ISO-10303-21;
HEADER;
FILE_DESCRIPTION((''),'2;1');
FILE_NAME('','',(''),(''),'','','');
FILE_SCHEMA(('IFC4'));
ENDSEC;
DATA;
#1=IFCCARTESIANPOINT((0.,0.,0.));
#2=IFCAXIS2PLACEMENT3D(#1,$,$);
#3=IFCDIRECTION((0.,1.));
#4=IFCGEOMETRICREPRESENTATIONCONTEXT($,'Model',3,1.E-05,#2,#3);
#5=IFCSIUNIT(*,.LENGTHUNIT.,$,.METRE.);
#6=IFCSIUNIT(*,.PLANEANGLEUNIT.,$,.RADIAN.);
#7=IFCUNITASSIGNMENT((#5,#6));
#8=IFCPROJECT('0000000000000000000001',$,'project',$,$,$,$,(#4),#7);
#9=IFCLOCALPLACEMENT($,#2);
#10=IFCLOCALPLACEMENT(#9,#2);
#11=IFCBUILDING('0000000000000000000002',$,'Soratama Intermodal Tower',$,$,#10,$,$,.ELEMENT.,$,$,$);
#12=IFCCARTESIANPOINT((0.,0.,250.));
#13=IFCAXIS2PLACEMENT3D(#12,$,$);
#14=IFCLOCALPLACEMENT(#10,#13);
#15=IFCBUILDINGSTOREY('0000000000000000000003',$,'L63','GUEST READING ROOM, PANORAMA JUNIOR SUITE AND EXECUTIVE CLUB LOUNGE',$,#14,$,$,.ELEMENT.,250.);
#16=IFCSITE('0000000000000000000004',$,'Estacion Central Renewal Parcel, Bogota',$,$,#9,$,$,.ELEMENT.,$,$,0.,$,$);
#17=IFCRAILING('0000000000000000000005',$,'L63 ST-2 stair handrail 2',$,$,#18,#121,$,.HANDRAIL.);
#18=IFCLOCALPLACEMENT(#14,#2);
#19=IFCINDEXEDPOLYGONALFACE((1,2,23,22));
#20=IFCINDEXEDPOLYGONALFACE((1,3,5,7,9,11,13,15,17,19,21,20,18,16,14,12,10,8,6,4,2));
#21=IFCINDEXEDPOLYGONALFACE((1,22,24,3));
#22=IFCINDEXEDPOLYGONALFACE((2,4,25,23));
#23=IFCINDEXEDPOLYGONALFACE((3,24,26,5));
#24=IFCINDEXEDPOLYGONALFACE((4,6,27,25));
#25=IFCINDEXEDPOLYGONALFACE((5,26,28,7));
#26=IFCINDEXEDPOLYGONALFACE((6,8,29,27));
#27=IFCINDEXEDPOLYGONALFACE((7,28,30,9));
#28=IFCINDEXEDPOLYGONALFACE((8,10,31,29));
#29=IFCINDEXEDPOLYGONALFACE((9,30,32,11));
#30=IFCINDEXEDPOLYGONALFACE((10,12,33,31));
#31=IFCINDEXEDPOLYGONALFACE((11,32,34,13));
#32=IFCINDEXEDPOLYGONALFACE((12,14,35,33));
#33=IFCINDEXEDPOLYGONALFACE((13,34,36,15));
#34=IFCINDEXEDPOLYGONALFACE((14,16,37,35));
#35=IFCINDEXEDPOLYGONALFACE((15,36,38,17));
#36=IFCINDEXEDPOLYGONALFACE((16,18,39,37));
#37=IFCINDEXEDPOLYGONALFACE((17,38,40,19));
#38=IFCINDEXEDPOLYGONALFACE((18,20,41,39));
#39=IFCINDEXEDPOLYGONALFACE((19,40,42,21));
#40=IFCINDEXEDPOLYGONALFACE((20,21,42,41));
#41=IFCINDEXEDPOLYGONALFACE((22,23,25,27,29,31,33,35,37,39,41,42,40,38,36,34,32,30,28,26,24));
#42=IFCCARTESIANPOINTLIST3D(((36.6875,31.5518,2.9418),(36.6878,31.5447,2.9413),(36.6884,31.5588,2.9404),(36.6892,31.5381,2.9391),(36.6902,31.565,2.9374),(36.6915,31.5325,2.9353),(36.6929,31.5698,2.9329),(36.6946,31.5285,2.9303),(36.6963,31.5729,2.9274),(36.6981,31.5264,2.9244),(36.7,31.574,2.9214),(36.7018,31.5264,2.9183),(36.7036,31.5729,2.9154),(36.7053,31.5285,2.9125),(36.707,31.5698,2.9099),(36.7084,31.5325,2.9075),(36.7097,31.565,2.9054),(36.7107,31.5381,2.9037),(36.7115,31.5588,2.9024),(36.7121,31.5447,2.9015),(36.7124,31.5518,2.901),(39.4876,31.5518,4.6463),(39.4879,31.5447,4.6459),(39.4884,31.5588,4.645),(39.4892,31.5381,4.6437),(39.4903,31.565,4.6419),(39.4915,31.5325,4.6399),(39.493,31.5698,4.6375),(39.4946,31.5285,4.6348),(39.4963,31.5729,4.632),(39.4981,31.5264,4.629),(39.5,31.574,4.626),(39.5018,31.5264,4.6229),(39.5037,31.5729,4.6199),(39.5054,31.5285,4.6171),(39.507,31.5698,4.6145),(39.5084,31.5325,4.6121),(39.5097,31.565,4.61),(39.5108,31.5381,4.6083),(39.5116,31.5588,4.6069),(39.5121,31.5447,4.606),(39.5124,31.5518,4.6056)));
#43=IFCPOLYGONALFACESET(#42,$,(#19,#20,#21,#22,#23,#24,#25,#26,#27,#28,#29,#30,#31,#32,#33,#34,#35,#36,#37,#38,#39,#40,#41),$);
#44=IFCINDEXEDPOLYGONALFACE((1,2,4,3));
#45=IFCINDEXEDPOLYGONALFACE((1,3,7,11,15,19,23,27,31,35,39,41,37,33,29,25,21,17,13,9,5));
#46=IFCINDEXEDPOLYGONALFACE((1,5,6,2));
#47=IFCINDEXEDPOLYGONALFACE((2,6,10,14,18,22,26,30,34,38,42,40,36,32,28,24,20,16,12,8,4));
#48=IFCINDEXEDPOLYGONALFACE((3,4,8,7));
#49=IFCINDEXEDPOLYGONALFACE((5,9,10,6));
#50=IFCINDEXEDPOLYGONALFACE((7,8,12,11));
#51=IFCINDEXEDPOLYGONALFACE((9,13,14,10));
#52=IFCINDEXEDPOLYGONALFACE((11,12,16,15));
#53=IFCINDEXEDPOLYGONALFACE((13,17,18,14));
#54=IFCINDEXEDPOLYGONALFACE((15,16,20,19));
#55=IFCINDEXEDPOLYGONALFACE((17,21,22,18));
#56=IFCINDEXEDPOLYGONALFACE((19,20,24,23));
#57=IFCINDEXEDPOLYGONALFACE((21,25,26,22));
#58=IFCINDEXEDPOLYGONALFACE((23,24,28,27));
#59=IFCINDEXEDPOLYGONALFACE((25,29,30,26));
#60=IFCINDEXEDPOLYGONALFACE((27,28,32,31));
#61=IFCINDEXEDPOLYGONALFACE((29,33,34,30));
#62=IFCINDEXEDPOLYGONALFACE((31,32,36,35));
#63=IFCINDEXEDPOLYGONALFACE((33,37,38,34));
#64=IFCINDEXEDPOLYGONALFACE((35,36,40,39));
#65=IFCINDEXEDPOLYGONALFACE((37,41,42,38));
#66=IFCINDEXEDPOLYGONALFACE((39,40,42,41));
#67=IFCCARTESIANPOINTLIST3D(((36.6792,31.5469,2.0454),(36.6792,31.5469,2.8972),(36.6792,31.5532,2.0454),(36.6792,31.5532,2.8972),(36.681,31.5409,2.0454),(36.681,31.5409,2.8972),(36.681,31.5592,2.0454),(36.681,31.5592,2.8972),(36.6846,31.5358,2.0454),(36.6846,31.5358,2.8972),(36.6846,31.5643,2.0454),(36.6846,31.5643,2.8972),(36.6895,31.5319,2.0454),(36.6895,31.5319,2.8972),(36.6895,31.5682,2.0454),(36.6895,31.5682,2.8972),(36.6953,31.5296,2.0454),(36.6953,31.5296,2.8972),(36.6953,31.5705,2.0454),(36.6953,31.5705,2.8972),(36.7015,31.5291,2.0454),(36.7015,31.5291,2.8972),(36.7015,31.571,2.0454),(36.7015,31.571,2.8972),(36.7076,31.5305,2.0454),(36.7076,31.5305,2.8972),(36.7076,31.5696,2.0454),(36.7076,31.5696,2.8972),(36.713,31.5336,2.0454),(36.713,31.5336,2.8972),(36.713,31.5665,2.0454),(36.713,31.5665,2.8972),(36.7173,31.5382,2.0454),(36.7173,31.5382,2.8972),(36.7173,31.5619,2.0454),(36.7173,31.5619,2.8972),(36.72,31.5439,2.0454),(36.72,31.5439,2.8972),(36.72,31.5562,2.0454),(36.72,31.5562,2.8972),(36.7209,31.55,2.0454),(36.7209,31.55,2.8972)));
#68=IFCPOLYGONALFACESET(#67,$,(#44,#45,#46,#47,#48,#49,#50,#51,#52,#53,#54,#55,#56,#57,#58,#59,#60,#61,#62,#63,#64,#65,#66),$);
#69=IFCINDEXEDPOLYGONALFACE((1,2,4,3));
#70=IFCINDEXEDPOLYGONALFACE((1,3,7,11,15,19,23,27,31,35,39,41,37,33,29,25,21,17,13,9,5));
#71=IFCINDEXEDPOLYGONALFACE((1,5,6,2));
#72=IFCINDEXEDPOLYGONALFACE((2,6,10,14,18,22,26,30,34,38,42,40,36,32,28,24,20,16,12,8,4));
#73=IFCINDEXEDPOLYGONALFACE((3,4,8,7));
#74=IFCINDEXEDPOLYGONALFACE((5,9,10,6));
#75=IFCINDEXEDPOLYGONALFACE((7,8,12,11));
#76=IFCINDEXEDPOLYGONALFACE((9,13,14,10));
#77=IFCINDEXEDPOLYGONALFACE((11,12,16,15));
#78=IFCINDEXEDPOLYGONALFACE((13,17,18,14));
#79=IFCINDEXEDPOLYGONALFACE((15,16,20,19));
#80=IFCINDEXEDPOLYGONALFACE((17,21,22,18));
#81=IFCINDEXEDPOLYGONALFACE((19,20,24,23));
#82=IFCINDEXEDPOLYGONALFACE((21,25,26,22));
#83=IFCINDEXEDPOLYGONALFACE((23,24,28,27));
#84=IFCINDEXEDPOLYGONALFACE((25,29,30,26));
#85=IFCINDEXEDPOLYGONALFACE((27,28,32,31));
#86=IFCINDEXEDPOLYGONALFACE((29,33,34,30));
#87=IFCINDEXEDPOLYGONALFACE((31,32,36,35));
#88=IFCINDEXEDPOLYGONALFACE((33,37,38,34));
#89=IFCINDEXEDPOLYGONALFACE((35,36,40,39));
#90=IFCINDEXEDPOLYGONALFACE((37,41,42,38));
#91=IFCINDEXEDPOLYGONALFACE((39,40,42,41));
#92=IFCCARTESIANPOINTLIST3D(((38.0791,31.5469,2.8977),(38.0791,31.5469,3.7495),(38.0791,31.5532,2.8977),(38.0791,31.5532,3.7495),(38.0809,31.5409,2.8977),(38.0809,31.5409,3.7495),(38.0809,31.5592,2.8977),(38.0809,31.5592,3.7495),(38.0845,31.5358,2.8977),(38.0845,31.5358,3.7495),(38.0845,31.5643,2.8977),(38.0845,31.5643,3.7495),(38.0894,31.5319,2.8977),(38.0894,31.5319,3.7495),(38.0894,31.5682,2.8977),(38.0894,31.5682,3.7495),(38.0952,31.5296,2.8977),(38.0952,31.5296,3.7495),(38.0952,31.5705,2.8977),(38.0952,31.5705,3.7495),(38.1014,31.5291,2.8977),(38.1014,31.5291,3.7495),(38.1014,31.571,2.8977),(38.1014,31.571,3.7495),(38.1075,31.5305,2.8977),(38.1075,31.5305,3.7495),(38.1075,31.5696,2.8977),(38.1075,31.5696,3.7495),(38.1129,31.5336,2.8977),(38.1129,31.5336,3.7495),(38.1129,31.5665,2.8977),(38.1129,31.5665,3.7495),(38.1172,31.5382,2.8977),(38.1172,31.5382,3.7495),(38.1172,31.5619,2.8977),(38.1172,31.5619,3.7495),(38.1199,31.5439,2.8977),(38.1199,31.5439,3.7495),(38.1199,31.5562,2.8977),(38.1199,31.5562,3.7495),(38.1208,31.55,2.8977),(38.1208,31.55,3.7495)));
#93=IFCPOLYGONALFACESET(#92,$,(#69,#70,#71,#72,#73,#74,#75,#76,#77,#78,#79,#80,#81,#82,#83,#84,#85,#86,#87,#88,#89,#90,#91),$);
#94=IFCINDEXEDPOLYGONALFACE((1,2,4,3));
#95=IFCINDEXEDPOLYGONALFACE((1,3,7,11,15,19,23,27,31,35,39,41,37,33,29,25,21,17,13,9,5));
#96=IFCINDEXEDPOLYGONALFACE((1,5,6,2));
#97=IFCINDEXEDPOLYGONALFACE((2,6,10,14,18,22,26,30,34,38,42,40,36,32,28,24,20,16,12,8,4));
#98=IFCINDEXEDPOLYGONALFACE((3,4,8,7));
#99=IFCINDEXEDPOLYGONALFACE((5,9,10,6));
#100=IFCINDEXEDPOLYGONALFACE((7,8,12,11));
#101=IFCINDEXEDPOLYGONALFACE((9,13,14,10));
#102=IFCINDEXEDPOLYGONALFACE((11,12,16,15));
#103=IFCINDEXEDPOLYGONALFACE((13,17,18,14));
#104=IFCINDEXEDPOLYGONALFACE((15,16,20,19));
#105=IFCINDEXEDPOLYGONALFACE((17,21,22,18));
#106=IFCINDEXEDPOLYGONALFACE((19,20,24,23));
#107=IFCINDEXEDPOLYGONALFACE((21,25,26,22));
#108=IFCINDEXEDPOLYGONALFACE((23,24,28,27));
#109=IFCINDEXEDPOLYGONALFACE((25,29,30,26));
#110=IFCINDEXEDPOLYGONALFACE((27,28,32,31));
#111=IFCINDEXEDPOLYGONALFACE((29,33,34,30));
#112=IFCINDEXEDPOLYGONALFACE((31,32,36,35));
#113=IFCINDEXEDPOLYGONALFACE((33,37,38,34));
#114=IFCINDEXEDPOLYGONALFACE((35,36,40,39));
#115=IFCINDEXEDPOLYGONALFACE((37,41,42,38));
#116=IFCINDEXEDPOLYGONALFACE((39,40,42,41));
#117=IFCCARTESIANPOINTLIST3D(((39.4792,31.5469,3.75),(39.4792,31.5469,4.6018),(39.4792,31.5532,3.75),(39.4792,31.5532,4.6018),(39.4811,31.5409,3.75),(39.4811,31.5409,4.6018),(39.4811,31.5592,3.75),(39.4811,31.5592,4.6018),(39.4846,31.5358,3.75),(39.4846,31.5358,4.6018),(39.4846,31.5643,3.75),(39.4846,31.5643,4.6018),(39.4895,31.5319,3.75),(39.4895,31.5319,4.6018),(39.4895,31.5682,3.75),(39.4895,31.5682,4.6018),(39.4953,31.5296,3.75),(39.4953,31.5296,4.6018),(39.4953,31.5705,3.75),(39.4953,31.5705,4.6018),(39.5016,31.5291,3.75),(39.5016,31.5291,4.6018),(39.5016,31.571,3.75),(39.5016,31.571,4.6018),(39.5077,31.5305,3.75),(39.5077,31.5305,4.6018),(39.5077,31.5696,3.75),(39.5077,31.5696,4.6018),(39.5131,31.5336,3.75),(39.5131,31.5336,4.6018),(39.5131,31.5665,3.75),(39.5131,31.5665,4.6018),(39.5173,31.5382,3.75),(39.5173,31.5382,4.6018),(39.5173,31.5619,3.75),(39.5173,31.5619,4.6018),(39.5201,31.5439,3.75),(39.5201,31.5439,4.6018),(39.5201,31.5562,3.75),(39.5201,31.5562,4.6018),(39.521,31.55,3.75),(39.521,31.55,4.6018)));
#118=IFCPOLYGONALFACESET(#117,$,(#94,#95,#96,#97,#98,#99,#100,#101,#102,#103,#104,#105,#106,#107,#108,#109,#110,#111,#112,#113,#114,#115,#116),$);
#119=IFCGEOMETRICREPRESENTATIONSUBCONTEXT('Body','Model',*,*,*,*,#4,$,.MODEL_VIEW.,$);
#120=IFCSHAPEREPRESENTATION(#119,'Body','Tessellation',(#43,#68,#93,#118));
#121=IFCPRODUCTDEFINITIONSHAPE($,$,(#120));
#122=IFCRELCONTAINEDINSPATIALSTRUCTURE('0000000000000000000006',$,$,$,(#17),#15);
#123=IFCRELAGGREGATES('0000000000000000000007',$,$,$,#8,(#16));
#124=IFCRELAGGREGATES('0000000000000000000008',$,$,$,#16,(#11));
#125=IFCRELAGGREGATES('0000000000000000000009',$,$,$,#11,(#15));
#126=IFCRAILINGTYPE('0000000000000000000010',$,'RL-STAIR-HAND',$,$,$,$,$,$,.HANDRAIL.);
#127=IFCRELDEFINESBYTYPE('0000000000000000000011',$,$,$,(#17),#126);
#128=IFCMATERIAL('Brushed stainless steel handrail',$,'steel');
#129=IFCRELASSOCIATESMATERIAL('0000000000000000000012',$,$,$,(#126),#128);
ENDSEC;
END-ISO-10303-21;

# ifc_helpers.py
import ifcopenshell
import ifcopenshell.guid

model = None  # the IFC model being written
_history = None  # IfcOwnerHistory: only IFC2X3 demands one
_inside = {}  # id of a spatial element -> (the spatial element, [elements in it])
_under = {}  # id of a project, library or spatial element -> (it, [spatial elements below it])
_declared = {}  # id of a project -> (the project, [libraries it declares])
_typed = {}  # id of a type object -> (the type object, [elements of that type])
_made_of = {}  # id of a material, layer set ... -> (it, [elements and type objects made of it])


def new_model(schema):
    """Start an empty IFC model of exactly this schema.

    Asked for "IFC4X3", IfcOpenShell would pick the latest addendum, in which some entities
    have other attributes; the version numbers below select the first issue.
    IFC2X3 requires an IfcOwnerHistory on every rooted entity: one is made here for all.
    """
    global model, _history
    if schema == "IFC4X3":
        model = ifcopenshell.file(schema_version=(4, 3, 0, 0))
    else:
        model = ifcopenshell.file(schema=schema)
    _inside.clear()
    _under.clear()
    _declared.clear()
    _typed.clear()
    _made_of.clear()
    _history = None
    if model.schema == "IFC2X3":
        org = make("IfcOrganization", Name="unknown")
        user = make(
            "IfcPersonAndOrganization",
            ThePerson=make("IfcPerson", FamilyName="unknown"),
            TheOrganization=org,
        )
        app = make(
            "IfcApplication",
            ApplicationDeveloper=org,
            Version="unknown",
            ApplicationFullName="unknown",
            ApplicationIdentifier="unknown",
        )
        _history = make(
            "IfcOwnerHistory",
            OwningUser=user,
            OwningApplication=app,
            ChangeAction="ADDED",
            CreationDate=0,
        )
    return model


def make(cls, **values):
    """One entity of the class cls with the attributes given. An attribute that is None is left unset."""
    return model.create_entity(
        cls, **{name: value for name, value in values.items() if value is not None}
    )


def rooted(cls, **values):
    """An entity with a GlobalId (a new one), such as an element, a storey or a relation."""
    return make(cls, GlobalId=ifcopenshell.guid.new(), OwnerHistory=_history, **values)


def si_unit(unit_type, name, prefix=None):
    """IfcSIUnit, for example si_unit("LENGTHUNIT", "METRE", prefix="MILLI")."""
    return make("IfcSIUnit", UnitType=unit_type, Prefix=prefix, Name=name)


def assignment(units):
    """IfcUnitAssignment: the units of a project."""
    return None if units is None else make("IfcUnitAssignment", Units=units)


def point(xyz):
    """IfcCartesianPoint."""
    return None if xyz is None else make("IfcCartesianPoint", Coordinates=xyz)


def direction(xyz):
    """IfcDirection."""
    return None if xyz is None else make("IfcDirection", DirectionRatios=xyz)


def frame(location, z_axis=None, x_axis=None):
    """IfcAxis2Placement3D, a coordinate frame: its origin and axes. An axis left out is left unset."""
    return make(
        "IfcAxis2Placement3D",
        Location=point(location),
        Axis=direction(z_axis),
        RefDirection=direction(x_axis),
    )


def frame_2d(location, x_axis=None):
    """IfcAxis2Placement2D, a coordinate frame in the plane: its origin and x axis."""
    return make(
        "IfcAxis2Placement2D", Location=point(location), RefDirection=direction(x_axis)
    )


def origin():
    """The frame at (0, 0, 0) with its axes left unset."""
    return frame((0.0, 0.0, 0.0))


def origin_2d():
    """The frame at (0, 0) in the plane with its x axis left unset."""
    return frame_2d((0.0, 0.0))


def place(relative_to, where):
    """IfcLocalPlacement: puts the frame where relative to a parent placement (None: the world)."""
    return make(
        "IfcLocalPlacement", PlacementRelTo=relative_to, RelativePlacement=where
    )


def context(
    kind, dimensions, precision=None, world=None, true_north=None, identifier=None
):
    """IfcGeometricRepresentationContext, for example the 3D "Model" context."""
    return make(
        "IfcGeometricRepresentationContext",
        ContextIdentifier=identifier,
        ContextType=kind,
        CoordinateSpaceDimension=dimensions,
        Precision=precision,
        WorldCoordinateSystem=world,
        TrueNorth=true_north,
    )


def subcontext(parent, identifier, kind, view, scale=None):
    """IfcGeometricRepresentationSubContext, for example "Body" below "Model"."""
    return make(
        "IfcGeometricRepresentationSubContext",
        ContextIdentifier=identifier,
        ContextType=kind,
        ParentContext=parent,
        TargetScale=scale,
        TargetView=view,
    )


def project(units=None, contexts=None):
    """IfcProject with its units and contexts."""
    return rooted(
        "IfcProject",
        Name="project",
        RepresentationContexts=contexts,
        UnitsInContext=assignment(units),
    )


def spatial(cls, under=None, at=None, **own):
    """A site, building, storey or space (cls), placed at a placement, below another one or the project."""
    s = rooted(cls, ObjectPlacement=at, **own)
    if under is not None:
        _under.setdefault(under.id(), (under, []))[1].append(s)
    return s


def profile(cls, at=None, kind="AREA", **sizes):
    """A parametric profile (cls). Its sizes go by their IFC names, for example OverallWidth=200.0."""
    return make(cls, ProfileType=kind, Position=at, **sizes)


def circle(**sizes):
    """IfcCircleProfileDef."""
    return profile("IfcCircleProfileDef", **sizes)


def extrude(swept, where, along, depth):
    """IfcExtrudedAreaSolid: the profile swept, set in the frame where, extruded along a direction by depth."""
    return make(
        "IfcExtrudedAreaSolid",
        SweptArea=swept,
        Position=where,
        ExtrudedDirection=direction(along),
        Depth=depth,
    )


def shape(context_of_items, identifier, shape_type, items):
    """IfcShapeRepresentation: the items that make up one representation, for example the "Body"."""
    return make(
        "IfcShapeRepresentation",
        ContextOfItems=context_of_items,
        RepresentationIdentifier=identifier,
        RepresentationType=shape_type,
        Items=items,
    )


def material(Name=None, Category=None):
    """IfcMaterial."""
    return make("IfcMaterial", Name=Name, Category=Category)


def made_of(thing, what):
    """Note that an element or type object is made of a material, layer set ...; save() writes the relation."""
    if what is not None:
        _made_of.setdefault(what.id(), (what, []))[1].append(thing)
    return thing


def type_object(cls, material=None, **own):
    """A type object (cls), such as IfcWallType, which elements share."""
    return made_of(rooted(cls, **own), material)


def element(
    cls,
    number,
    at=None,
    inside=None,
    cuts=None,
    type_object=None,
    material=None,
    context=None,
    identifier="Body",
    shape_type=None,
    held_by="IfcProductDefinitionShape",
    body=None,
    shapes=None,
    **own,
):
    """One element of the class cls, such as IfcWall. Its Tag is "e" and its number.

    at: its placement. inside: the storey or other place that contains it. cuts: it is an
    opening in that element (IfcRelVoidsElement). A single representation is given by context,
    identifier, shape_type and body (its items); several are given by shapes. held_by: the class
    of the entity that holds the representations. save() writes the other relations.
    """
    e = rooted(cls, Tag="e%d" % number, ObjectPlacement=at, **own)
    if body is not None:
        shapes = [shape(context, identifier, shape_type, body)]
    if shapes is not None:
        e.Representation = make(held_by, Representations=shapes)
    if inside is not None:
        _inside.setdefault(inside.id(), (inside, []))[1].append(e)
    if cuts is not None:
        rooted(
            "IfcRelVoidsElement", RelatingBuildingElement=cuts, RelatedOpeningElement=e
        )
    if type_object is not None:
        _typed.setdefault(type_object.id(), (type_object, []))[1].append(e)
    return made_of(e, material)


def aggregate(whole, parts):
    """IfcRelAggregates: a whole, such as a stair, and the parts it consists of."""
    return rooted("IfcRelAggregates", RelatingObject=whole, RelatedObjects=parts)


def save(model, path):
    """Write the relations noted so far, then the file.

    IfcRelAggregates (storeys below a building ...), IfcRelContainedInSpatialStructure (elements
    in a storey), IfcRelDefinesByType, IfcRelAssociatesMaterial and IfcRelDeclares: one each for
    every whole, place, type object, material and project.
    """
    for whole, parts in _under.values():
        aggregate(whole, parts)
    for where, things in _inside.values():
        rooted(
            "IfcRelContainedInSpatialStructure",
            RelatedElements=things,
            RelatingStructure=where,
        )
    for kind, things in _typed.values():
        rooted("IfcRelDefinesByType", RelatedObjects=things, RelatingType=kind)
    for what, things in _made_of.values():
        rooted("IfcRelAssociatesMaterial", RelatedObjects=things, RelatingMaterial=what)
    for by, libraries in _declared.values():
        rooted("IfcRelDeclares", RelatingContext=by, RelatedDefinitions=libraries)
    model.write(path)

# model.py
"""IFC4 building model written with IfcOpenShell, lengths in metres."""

from ifc_helpers import new_model, si_unit, direction, frame, origin, origin_2d, place, context, subcontext, project, spatial, circle, extrude, material, type_object, element, save


model = new_model("IFC4")

# Units and contexts
model_context = context("Model", 3, precision=1e-05, world=origin(), true_north=direction((0.0, 1.0)))
body_context = subcontext(model_context, "Body", "Model", "MODEL_VIEW")
ifc_project = project(units=[si_unit("LENGTHUNIT", "METRE"), si_unit("PLANEANGLEUNIT", "RADIAN")], contexts=[model_context])

# Site, building, storey
site_placement = place(None, origin())
site = spatial("IfcSite", under=ifc_project, at=site_placement, Name="Estacion Central Renewal Parcel, Bogota", CompositionType="ELEMENT", RefElevation=0.0)
building_placement = place(site_placement, origin())
building = spatial("IfcBuilding", under=site, at=building_placement, Name="Soratama Intermodal Tower", CompositionType="ELEMENT")
storey_placement = place(building_placement, frame((0.0, 0.0, 250.0)))
storey = spatial("IfcBuildingStorey", under=building, at=storey_placement, Name="L63", Description="GUEST READING ROOM, PANORAMA JUNIOR SUITE AND EXECUTIVE CLUB LOUNGE", CompositionType="ELEMENT", Elevation=250.0)

# Railing
ifc_material_1 = material(Name="Brushed stainless steel handrail", Category="steel")
railing_type_1 = type_object("IfcRailingType", Name="RL-STAIR-HAND", PredefinedType="HANDRAIL", material=ifc_material_1)
railing_1_placement = place(storey_placement, frame((36.7, 31.55, 2.0454)))
element("IfcRailing", 1, at=railing_1_placement, inside=storey, type_object=railing_type_1, Name="L63 ST-2 stair handrail 2", PredefinedType="HANDRAIL", context=body_context, shape_type="SweptSolid", body=[
    extrude(circle(Radius=0.0239, at=origin_2d()), frame((0.0, 0.0, 0.876), z_axis=(0.85417, 0.0, 0.519994), x_axis=(0.0, 1.0, 0.0)), (0.0, 0.0, 1.0), 3.2781),
    extrude(circle(Radius=0.021, at=origin_2d()), origin(), (0.0, 0.0, 1.0), 0.8518),
    extrude(circle(Radius=0.021, at=origin_2d()), frame((1.3999, 0.0, 0.8523)), (0.0, 0.0, 1.0), 0.8518),
    extrude(circle(Radius=0.021, at=origin_2d()), frame((2.8, 0.0, 1.7046)), (0.0, 0.0, 1.0), 0.8518),
])

save(model, "model.ifc")
